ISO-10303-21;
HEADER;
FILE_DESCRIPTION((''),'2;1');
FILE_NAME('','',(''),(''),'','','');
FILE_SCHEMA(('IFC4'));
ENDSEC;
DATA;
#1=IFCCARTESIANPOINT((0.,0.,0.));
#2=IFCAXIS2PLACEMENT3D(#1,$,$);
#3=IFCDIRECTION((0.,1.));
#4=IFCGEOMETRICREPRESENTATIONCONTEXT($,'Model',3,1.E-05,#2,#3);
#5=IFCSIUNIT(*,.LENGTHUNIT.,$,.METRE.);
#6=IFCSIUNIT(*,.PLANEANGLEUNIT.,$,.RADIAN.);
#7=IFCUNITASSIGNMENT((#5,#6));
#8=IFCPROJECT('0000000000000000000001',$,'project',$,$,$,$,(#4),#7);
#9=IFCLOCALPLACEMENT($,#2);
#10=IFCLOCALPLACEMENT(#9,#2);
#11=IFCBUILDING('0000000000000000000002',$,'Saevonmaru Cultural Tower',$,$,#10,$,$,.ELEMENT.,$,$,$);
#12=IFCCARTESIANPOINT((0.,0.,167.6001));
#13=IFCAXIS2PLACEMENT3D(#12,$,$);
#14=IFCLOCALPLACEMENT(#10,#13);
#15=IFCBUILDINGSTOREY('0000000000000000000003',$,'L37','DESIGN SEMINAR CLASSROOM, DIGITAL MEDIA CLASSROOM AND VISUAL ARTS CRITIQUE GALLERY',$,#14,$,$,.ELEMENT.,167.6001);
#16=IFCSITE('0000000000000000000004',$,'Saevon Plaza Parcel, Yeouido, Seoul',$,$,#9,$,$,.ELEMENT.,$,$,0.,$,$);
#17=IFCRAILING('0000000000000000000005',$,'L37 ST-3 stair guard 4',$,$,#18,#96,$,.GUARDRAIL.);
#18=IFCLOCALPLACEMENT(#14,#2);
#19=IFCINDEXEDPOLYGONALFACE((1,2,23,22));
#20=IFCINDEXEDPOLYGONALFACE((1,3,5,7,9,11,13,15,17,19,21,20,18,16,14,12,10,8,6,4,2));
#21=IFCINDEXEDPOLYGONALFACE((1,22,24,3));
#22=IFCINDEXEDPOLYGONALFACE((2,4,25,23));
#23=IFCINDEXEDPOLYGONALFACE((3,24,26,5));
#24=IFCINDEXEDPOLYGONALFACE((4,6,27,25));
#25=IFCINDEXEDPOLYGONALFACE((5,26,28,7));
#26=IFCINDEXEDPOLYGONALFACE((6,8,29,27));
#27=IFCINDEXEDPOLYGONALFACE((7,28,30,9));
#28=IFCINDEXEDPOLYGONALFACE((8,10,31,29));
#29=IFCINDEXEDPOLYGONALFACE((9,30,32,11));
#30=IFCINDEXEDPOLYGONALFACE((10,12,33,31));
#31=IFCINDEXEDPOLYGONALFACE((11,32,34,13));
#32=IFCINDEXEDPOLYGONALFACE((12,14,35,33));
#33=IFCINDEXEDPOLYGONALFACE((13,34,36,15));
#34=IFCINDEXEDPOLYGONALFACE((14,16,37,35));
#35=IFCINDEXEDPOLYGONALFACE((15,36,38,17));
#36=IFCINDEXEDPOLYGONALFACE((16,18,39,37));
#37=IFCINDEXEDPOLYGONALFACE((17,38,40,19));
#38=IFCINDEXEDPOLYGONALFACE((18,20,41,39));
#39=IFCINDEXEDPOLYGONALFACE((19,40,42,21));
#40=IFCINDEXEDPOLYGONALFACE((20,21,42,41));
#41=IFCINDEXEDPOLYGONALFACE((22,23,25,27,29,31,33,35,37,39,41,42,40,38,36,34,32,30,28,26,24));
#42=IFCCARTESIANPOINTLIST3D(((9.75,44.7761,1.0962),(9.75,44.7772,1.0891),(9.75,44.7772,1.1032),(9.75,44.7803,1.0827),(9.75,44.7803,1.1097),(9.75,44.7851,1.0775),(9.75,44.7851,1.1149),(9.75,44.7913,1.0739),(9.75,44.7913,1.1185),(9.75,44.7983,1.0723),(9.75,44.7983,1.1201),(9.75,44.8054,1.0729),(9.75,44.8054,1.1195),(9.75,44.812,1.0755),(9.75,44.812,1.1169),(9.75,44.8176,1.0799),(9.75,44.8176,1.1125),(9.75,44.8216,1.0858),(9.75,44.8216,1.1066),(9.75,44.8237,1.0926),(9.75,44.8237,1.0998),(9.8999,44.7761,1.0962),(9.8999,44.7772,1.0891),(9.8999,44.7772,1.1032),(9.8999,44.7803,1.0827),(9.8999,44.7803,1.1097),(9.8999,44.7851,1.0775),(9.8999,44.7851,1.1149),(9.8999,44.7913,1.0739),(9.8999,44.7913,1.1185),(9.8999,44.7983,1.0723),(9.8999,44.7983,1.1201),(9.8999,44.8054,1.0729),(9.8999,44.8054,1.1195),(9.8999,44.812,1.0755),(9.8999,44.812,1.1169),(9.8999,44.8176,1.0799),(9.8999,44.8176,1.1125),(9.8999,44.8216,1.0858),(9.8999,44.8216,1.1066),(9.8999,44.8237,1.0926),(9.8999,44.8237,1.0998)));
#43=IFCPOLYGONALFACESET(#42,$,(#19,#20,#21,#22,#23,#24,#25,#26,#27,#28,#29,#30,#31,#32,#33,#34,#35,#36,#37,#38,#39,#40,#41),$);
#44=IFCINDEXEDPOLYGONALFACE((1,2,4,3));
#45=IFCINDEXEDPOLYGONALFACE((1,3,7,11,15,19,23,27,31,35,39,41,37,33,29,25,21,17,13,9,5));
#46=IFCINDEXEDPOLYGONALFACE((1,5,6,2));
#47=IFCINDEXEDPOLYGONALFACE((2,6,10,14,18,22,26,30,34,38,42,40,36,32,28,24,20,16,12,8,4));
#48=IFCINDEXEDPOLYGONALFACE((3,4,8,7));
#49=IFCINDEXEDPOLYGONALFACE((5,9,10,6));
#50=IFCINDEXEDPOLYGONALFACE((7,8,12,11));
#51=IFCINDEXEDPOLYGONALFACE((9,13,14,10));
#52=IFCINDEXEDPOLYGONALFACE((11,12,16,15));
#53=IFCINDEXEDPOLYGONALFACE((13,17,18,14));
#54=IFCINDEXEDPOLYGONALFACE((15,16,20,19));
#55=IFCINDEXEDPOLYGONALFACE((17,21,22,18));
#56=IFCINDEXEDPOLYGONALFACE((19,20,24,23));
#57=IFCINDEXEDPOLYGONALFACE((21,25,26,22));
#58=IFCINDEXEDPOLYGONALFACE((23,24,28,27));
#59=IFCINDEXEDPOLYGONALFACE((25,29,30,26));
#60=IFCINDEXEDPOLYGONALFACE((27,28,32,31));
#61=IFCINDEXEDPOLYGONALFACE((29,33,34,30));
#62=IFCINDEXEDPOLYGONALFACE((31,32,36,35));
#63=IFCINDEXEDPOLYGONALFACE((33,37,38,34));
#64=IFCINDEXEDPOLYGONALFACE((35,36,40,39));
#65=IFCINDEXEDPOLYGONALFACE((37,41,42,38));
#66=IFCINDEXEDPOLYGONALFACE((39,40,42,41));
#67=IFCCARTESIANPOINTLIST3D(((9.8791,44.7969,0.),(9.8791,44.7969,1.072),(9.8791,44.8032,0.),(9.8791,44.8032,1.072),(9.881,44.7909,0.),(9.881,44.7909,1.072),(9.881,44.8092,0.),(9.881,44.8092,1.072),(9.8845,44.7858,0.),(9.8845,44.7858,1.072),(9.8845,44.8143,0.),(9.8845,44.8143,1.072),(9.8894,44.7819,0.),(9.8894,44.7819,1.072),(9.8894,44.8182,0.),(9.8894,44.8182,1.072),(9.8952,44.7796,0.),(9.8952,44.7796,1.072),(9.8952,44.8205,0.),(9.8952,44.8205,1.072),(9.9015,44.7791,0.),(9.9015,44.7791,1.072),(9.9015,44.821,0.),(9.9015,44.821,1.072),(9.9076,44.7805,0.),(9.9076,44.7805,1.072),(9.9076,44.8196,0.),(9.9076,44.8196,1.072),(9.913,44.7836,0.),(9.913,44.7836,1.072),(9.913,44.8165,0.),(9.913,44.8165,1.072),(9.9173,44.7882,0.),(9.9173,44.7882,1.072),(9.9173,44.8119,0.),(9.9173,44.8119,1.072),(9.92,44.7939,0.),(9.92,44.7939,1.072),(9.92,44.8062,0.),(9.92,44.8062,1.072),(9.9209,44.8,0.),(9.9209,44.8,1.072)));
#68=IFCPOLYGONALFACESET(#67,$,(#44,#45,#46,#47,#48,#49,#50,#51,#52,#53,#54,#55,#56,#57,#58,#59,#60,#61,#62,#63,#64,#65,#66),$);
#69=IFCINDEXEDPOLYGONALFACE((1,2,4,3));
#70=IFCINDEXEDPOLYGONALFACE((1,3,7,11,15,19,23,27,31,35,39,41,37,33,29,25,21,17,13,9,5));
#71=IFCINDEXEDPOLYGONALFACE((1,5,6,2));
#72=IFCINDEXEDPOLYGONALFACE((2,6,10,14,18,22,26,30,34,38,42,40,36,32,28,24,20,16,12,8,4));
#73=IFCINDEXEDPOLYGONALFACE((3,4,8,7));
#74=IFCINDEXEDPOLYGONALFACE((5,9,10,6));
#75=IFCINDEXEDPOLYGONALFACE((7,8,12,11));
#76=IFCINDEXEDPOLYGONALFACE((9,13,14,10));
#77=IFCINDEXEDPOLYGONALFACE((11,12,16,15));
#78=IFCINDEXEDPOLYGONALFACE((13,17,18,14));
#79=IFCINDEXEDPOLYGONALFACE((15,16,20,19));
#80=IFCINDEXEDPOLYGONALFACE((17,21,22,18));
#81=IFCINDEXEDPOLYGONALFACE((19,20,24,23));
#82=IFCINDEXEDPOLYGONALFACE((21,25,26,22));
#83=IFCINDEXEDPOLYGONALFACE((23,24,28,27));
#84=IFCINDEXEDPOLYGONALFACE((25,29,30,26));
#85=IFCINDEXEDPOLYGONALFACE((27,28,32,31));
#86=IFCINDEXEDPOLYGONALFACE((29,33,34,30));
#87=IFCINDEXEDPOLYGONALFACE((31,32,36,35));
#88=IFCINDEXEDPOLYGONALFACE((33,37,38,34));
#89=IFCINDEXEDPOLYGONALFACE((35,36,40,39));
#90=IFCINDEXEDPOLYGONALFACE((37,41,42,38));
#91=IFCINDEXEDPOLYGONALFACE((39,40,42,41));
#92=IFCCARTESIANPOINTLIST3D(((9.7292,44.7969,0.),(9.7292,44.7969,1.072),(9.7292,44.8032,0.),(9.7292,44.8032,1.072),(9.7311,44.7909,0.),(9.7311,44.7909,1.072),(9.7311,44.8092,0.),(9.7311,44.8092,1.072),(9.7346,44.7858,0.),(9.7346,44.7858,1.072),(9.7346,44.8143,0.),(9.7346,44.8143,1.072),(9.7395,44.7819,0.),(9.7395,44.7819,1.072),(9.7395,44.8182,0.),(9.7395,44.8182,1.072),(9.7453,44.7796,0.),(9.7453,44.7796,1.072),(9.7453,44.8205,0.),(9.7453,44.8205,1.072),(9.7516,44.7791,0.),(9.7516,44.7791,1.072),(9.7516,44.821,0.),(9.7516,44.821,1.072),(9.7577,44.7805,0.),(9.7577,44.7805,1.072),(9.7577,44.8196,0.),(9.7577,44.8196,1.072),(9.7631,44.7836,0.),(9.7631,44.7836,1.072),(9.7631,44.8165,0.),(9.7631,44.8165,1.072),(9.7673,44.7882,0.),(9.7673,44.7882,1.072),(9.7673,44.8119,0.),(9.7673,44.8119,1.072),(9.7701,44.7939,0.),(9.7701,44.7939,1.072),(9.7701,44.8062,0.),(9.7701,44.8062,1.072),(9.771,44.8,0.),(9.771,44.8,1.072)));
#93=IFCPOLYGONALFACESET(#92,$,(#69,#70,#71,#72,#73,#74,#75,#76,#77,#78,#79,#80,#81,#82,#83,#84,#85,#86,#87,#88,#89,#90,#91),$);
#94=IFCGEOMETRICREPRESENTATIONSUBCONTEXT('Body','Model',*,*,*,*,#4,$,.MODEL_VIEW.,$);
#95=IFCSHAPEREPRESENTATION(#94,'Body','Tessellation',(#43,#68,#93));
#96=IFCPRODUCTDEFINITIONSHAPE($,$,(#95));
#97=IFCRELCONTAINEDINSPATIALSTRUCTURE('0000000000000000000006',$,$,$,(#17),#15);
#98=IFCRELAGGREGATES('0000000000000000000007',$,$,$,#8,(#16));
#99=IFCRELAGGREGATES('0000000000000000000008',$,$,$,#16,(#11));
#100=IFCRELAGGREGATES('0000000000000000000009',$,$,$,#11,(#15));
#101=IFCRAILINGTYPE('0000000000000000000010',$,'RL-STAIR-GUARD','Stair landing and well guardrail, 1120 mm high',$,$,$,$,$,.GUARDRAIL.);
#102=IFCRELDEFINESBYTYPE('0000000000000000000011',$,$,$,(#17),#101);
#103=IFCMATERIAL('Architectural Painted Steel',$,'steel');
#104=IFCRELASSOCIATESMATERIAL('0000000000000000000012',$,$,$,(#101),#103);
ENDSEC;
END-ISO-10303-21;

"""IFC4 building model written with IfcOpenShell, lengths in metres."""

from ifc_helpers import new_model, si_unit, direction, frame, origin, origin_2d, place, context, subcontext, project, spatial, circle, extrude, material, type_object, element, save


model = new_model("IFC4")

# Units and contexts
model_context = context("Model", 3, precision=1e-05, world=origin(), true_north=direction((0.0, 1.0)))
body_context = subcontext(model_context, "Body", "Model", "MODEL_VIEW")
ifc_project = project(units=[si_unit("LENGTHUNIT", "METRE"), si_unit("PLANEANGLEUNIT", "RADIAN")], contexts=[model_context])

# Site, building, storey
site_placement = place(None, origin())
site = spatial("IfcSite", under=ifc_project, at=site_placement, Name="Saevon Plaza Parcel, Yeouido, Seoul", CompositionType="ELEMENT", RefElevation=0.0)
building_placement = place(site_placement, origin())
building = spatial("IfcBuilding", under=site, at=building_placement, Name="Saevonmaru Cultural Tower", CompositionType="ELEMENT")
storey_placement = place(building_placement, frame((0.0, 0.0, 167.6001)))
storey = spatial("IfcBuildingStorey", under=building, at=storey_placement, Name="L37", Description="DESIGN SEMINAR CLASSROOM, DIGITAL MEDIA CLASSROOM AND VISUAL ARTS CRITIQUE GALLERY", CompositionType="ELEMENT", Elevation=167.6001)

# Railing
ifc_material_1 = material(Name="Architectural Painted Steel", Category="steel")
railing_type_1 = type_object("IfcRailingType", Name="RL-STAIR-GUARD", Description="Stair landing and well guardrail, 1120 mm high", PredefinedType="GUARDRAIL", material=ifc_material_1)
railing_1_placement = place(storey_placement, frame((9.8999, 44.8, 0.0)))
element("IfcRailing", 1, at=railing_1_placement, inside=storey, type_object=railing_type_1, Name="L37 ST-3 stair guard 4", PredefinedType="GUARDRAIL", context=body_context, shape_type="SweptSolid", body=[
    extrude(circle(Radius=0.0239, at=origin_2d()), frame((0.0, 0.0, 1.0962), z_axis=(-1.0, 0.0, 0.0), x_axis=(0.0, -1.0, 0.0)), (0.0, 0.0, 1.0), 0.1499),
    extrude(circle(Radius=0.021, at=origin_2d()), origin(), (0.0, 0.0, 1.0), 1.072),
    extrude(circle(Radius=0.021, at=origin_2d()), frame((-0.1499, 0.0, 0.0)), (0.0, 0.0, 1.0), 1.072),
])

save(model, "model.ifc")
